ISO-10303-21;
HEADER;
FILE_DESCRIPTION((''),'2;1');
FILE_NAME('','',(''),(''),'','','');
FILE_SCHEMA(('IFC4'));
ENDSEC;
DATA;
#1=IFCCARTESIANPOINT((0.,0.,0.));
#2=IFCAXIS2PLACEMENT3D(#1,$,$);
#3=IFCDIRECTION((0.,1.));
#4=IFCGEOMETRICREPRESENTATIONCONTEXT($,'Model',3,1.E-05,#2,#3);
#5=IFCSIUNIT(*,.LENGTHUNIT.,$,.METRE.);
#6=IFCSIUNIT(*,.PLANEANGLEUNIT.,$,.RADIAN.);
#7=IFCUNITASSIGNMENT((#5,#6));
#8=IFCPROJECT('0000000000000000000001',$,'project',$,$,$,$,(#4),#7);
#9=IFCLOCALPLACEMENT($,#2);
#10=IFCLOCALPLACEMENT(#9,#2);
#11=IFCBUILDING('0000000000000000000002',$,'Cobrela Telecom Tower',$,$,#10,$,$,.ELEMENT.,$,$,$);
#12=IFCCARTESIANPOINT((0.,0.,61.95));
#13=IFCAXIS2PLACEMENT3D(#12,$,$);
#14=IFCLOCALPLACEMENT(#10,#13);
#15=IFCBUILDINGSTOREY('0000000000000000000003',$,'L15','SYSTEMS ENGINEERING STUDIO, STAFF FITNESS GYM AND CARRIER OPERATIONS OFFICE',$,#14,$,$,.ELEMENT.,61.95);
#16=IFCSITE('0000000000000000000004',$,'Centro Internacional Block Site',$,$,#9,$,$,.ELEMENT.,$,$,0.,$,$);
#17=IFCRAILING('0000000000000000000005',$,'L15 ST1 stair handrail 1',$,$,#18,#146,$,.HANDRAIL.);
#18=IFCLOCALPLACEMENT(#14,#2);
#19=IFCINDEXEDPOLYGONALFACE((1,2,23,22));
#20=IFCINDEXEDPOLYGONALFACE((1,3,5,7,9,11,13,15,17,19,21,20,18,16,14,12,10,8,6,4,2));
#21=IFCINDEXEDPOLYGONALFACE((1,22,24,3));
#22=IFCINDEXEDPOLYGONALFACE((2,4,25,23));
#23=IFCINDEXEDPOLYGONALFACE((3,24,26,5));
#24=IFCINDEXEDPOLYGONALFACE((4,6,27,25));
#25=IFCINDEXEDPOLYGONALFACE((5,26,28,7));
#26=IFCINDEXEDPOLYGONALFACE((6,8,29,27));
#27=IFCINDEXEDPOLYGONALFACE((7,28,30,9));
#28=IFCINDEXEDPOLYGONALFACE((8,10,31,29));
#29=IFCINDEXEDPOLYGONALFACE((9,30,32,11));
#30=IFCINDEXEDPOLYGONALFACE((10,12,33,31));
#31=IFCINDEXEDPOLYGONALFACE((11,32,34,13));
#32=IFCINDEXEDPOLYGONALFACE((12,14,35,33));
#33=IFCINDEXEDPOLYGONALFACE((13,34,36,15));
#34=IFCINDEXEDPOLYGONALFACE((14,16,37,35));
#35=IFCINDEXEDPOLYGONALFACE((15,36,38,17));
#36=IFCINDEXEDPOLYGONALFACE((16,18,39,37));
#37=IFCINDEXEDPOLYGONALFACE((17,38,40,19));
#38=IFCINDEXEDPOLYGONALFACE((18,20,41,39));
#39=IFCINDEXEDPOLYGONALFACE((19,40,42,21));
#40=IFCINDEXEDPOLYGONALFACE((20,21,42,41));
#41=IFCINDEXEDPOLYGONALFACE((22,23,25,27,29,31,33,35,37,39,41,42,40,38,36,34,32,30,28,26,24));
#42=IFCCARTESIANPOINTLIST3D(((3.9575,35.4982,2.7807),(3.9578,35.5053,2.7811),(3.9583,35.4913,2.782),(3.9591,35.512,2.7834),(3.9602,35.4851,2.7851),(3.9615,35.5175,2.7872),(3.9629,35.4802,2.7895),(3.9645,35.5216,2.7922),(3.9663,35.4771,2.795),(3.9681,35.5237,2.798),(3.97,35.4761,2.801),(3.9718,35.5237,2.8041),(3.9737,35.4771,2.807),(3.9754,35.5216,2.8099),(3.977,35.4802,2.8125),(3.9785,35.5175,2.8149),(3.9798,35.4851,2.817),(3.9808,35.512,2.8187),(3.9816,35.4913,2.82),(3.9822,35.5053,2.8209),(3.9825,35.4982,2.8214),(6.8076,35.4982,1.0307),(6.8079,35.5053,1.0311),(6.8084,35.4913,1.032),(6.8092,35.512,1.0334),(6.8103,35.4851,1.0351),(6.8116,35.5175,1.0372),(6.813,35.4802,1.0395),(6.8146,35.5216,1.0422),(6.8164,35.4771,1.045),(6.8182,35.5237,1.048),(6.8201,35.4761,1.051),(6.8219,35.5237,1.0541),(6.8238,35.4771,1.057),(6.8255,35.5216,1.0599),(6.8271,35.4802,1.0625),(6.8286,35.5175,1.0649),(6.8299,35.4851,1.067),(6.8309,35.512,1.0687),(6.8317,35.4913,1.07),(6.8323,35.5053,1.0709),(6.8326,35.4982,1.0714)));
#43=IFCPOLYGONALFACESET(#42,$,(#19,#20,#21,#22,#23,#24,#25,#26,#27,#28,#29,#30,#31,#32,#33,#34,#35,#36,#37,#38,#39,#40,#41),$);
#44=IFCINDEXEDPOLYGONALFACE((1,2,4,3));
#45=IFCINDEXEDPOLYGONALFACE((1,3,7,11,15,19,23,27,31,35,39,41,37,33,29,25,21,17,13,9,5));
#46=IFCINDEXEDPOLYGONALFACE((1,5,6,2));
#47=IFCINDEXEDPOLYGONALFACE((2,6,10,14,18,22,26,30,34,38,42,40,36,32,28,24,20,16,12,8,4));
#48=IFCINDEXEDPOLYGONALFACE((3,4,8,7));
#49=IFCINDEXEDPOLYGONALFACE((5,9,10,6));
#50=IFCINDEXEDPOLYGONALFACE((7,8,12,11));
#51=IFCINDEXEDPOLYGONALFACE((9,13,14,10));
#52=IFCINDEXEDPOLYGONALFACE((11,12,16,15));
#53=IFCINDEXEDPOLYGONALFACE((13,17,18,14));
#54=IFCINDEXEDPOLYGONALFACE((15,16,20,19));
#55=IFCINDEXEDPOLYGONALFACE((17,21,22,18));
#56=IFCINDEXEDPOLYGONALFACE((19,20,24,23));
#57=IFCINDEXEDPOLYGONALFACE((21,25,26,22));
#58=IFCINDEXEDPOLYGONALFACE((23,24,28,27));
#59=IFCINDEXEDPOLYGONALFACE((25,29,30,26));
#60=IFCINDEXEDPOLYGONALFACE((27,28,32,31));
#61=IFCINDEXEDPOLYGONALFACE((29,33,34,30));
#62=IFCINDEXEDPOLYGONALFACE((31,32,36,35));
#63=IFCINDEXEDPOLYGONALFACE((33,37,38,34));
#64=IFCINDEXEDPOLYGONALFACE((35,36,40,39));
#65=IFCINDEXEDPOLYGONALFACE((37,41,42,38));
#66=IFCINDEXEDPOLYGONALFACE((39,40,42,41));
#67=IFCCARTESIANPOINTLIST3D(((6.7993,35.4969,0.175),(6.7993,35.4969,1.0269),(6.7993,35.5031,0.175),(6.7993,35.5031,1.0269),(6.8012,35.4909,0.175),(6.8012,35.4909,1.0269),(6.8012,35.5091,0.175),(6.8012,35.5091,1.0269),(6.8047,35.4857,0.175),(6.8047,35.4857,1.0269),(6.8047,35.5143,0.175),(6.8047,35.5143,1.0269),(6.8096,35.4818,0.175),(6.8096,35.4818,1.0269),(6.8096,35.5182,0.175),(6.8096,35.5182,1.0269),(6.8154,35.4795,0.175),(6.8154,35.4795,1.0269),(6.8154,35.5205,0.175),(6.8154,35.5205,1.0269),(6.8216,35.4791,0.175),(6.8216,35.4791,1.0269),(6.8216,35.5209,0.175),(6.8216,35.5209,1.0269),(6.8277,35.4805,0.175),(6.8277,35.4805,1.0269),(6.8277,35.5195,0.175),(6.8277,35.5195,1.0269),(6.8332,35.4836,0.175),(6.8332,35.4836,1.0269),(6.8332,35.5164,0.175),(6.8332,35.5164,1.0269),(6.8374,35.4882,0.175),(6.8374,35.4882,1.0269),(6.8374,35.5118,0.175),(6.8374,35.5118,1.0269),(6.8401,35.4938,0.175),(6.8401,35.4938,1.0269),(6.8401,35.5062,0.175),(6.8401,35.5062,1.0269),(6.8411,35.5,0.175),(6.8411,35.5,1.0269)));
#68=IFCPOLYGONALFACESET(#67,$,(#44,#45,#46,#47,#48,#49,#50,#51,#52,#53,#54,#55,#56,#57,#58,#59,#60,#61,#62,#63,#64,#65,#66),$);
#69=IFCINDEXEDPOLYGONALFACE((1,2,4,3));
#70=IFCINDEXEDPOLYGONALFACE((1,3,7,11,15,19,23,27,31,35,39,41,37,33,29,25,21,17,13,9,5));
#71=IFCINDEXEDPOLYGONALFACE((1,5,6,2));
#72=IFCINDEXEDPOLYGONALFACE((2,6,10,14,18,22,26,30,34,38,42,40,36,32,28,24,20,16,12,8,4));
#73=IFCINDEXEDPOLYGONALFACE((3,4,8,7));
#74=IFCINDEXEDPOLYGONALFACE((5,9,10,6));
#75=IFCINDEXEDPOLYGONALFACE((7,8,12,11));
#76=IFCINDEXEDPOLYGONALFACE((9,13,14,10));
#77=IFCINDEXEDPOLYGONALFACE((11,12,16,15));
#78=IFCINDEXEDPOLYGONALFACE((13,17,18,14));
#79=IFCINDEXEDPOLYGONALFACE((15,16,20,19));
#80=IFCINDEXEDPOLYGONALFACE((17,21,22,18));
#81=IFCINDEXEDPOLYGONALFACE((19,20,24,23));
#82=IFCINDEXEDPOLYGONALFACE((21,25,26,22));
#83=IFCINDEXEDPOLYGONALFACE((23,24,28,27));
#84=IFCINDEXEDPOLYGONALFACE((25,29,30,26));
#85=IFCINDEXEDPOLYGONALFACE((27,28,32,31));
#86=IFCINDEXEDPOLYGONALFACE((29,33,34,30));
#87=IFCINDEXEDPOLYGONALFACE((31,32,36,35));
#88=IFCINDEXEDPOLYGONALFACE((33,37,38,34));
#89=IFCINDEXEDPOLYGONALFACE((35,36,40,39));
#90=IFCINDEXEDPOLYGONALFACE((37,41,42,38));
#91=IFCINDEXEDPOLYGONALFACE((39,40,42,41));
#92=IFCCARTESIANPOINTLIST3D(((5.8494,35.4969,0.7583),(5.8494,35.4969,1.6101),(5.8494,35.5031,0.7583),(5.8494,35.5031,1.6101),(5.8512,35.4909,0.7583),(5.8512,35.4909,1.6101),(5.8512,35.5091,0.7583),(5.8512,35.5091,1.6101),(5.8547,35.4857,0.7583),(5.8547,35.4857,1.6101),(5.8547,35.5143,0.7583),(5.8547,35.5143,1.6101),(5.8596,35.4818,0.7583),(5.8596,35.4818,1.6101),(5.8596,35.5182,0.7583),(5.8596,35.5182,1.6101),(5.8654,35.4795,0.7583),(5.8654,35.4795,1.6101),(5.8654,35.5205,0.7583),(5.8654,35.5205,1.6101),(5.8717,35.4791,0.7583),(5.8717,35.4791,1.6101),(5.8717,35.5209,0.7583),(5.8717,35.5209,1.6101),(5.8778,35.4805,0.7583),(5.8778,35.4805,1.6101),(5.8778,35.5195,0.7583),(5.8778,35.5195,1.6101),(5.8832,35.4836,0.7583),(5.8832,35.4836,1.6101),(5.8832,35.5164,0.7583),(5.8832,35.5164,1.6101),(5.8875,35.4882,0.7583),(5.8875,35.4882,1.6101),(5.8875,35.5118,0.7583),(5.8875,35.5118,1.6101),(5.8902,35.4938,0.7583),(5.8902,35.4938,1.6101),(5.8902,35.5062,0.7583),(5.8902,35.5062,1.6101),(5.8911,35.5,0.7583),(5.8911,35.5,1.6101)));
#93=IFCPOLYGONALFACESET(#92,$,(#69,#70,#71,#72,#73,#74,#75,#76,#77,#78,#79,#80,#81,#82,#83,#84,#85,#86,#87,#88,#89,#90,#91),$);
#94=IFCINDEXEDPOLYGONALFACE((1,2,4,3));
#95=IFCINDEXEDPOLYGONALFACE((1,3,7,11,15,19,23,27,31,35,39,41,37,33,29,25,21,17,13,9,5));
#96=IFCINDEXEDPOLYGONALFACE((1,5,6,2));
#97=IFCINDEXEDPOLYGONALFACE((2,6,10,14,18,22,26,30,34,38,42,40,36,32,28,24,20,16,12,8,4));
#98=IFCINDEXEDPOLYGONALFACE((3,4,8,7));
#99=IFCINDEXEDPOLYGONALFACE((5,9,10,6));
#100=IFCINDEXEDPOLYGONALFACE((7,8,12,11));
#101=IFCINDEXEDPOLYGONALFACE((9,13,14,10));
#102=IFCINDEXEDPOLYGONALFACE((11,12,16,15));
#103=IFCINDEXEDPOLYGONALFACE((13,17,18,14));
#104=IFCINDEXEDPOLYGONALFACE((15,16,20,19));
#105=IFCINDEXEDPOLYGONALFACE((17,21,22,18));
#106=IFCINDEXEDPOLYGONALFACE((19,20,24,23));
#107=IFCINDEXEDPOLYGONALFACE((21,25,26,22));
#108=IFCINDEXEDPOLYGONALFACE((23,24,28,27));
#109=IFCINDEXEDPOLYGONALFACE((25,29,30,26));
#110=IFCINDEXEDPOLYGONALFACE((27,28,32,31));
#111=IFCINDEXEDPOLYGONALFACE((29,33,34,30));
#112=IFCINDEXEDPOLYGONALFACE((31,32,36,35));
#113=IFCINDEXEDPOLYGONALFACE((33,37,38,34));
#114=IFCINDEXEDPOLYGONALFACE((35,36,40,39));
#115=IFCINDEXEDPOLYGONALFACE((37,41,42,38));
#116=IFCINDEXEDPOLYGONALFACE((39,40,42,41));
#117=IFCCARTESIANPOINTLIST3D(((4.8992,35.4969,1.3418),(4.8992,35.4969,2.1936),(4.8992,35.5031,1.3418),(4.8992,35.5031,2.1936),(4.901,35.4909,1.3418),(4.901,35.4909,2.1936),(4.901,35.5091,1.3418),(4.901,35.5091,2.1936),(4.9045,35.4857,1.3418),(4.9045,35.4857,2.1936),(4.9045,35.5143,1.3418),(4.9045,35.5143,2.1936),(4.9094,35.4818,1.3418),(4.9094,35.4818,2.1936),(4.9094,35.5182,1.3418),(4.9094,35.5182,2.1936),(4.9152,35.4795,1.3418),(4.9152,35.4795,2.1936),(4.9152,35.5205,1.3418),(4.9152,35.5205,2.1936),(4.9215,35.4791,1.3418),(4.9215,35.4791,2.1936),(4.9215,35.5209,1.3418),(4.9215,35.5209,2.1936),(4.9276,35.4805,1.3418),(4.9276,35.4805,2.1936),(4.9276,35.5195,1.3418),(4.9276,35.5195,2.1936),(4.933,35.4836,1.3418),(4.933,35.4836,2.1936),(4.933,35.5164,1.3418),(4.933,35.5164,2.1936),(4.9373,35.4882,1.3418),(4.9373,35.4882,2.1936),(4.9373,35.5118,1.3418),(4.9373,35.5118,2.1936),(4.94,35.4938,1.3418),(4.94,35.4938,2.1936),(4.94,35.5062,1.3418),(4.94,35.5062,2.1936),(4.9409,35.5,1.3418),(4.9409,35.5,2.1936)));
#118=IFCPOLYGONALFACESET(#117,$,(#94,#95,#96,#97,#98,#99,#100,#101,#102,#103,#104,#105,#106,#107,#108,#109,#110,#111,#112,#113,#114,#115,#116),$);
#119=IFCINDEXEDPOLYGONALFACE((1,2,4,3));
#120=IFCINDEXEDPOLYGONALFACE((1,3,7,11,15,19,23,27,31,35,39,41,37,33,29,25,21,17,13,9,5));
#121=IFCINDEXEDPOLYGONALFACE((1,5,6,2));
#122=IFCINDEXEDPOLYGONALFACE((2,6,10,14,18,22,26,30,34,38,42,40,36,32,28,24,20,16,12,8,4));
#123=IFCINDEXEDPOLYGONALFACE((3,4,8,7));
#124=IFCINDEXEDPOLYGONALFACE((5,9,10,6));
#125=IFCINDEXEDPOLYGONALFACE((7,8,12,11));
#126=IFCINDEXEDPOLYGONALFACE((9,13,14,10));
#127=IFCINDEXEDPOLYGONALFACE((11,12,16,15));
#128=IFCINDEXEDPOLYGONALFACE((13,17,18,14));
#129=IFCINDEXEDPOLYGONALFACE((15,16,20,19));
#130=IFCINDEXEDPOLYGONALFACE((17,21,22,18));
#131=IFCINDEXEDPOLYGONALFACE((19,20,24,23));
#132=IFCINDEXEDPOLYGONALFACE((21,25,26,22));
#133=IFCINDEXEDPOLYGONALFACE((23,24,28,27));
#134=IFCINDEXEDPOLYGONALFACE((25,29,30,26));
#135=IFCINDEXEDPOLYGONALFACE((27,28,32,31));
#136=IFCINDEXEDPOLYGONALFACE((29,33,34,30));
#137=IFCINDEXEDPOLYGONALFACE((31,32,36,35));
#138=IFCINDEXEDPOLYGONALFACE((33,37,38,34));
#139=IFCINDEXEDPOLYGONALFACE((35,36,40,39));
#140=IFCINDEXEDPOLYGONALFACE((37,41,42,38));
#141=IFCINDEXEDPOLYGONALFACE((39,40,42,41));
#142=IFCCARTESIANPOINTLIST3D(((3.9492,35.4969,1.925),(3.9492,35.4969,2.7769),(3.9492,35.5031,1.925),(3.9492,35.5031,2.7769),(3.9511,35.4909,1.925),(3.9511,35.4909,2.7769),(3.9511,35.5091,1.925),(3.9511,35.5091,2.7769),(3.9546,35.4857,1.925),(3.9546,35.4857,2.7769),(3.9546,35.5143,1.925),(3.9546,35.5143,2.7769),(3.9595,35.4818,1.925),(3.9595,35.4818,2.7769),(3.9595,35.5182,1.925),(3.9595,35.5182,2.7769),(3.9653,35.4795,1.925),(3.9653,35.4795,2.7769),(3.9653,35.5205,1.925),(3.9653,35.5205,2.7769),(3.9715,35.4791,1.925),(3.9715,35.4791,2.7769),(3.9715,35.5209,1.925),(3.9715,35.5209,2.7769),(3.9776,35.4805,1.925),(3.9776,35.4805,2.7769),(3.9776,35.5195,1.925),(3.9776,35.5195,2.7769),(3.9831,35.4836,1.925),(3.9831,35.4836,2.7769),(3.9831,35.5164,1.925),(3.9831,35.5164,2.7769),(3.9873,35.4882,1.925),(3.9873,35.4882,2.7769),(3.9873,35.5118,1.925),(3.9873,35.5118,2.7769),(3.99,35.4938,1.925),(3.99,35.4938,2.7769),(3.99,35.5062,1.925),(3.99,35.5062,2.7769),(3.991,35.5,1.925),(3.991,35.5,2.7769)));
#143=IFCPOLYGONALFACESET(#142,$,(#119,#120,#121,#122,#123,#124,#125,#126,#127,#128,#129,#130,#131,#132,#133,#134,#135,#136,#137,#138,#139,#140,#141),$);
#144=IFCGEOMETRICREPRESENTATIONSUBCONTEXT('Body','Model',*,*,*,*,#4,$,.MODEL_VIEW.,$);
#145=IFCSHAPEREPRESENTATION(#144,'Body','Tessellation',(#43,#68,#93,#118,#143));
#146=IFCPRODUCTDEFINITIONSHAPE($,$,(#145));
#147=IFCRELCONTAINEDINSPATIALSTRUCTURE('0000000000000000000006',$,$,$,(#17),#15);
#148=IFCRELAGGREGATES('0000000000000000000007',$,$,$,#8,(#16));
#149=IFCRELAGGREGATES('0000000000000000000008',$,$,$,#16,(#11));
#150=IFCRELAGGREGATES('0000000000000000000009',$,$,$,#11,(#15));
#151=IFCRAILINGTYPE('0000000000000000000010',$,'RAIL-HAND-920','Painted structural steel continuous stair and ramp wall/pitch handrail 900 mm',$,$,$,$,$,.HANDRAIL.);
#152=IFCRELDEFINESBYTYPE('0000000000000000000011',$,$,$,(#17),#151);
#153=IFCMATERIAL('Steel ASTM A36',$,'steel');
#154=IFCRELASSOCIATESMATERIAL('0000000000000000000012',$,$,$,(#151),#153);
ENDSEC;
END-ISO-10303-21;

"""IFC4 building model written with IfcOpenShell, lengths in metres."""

from ifc_helpers import new_model, si_unit, direction, frame, origin, origin_2d, place, context, subcontext, project, spatial, circle, extrude, material, type_object, element, save


model = new_model("IFC4")

# Units and contexts
model_context = context("Model", 3, precision=1e-05, world=origin(), true_north=direction((0.0, 1.0)))
body_context = subcontext(model_context, "Body", "Model", "MODEL_VIEW")
ifc_project = project(units=[si_unit("LENGTHUNIT", "METRE"), si_unit("PLANEANGLEUNIT", "RADIAN")], contexts=[model_context])

# Site, building, storey
site_placement = place(None, origin())
site = spatial("IfcSite", under=ifc_project, at=site_placement, Name="Centro Internacional Block Site", CompositionType="ELEMENT", RefElevation=0.0)
building_placement = place(site_placement, origin())
building = spatial("IfcBuilding", under=site, at=building_placement, Name="Cobrela Telecom Tower", CompositionType="ELEMENT")
storey_placement = place(building_placement, frame((0.0, 0.0, 61.95)))
storey = spatial("IfcBuildingStorey", under=building, at=storey_placement, Name="L15", Description="SYSTEMS ENGINEERING STUDIO, STAFF FITNESS GYM AND CARRIER OPERATIONS OFFICE", CompositionType="ELEMENT", Elevation=61.95)

# Shared definitions
ifc_material_1 = material(Name="Steel ASTM A36", Category="steel")

# Railing
railing_type_1 = type_object("IfcRailingType", Name="RAIL-HAND-920", Description="Painted structural steel continuous stair and ramp wall/pitch handrail 900 mm", PredefinedType="HANDRAIL", material=ifc_material_1)
railing_1_placement = place(storey_placement, frame((6.8201, 35.5, 0.175)))
element("IfcRailing", 1, at=railing_1_placement, inside=storey, type_object=railing_type_1, Name="L15 ST1 stair handrail 1", PredefinedType="HANDRAIL", context=body_context, shape_type="SweptSolid", body=[
    extrude(circle(Radius=0.0239, at=origin_2d()), frame((0.0, 0.0, 0.876), z_axis=(-0.852179, 0.0, 0.52325), x_axis=(0.0, -1.0, 0.0)), (0.0, 0.0, 1.0), 3.3445),
    extrude(circle(Radius=0.021, at=origin_2d()), origin(), (0.0, 0.0, 1.0), 0.8518),
    extrude(circle(Radius=0.021, at=origin_2d()), frame((-0.95, 0.0, 0.5833)), (0.0, 0.0, 1.0), 0.8518),
    extrude(circle(Radius=0.021, at=origin_2d()), frame((-1.9001, 0.0, 1.1667)), (0.0, 0.0, 1.0), 0.8518),
    extrude(circle(Radius=0.021, at=origin_2d()), frame((-2.8501, 0.0, 1.75)), (0.0, 0.0, 1.0), 0.8518),
])

save(model, "model.ifc")
